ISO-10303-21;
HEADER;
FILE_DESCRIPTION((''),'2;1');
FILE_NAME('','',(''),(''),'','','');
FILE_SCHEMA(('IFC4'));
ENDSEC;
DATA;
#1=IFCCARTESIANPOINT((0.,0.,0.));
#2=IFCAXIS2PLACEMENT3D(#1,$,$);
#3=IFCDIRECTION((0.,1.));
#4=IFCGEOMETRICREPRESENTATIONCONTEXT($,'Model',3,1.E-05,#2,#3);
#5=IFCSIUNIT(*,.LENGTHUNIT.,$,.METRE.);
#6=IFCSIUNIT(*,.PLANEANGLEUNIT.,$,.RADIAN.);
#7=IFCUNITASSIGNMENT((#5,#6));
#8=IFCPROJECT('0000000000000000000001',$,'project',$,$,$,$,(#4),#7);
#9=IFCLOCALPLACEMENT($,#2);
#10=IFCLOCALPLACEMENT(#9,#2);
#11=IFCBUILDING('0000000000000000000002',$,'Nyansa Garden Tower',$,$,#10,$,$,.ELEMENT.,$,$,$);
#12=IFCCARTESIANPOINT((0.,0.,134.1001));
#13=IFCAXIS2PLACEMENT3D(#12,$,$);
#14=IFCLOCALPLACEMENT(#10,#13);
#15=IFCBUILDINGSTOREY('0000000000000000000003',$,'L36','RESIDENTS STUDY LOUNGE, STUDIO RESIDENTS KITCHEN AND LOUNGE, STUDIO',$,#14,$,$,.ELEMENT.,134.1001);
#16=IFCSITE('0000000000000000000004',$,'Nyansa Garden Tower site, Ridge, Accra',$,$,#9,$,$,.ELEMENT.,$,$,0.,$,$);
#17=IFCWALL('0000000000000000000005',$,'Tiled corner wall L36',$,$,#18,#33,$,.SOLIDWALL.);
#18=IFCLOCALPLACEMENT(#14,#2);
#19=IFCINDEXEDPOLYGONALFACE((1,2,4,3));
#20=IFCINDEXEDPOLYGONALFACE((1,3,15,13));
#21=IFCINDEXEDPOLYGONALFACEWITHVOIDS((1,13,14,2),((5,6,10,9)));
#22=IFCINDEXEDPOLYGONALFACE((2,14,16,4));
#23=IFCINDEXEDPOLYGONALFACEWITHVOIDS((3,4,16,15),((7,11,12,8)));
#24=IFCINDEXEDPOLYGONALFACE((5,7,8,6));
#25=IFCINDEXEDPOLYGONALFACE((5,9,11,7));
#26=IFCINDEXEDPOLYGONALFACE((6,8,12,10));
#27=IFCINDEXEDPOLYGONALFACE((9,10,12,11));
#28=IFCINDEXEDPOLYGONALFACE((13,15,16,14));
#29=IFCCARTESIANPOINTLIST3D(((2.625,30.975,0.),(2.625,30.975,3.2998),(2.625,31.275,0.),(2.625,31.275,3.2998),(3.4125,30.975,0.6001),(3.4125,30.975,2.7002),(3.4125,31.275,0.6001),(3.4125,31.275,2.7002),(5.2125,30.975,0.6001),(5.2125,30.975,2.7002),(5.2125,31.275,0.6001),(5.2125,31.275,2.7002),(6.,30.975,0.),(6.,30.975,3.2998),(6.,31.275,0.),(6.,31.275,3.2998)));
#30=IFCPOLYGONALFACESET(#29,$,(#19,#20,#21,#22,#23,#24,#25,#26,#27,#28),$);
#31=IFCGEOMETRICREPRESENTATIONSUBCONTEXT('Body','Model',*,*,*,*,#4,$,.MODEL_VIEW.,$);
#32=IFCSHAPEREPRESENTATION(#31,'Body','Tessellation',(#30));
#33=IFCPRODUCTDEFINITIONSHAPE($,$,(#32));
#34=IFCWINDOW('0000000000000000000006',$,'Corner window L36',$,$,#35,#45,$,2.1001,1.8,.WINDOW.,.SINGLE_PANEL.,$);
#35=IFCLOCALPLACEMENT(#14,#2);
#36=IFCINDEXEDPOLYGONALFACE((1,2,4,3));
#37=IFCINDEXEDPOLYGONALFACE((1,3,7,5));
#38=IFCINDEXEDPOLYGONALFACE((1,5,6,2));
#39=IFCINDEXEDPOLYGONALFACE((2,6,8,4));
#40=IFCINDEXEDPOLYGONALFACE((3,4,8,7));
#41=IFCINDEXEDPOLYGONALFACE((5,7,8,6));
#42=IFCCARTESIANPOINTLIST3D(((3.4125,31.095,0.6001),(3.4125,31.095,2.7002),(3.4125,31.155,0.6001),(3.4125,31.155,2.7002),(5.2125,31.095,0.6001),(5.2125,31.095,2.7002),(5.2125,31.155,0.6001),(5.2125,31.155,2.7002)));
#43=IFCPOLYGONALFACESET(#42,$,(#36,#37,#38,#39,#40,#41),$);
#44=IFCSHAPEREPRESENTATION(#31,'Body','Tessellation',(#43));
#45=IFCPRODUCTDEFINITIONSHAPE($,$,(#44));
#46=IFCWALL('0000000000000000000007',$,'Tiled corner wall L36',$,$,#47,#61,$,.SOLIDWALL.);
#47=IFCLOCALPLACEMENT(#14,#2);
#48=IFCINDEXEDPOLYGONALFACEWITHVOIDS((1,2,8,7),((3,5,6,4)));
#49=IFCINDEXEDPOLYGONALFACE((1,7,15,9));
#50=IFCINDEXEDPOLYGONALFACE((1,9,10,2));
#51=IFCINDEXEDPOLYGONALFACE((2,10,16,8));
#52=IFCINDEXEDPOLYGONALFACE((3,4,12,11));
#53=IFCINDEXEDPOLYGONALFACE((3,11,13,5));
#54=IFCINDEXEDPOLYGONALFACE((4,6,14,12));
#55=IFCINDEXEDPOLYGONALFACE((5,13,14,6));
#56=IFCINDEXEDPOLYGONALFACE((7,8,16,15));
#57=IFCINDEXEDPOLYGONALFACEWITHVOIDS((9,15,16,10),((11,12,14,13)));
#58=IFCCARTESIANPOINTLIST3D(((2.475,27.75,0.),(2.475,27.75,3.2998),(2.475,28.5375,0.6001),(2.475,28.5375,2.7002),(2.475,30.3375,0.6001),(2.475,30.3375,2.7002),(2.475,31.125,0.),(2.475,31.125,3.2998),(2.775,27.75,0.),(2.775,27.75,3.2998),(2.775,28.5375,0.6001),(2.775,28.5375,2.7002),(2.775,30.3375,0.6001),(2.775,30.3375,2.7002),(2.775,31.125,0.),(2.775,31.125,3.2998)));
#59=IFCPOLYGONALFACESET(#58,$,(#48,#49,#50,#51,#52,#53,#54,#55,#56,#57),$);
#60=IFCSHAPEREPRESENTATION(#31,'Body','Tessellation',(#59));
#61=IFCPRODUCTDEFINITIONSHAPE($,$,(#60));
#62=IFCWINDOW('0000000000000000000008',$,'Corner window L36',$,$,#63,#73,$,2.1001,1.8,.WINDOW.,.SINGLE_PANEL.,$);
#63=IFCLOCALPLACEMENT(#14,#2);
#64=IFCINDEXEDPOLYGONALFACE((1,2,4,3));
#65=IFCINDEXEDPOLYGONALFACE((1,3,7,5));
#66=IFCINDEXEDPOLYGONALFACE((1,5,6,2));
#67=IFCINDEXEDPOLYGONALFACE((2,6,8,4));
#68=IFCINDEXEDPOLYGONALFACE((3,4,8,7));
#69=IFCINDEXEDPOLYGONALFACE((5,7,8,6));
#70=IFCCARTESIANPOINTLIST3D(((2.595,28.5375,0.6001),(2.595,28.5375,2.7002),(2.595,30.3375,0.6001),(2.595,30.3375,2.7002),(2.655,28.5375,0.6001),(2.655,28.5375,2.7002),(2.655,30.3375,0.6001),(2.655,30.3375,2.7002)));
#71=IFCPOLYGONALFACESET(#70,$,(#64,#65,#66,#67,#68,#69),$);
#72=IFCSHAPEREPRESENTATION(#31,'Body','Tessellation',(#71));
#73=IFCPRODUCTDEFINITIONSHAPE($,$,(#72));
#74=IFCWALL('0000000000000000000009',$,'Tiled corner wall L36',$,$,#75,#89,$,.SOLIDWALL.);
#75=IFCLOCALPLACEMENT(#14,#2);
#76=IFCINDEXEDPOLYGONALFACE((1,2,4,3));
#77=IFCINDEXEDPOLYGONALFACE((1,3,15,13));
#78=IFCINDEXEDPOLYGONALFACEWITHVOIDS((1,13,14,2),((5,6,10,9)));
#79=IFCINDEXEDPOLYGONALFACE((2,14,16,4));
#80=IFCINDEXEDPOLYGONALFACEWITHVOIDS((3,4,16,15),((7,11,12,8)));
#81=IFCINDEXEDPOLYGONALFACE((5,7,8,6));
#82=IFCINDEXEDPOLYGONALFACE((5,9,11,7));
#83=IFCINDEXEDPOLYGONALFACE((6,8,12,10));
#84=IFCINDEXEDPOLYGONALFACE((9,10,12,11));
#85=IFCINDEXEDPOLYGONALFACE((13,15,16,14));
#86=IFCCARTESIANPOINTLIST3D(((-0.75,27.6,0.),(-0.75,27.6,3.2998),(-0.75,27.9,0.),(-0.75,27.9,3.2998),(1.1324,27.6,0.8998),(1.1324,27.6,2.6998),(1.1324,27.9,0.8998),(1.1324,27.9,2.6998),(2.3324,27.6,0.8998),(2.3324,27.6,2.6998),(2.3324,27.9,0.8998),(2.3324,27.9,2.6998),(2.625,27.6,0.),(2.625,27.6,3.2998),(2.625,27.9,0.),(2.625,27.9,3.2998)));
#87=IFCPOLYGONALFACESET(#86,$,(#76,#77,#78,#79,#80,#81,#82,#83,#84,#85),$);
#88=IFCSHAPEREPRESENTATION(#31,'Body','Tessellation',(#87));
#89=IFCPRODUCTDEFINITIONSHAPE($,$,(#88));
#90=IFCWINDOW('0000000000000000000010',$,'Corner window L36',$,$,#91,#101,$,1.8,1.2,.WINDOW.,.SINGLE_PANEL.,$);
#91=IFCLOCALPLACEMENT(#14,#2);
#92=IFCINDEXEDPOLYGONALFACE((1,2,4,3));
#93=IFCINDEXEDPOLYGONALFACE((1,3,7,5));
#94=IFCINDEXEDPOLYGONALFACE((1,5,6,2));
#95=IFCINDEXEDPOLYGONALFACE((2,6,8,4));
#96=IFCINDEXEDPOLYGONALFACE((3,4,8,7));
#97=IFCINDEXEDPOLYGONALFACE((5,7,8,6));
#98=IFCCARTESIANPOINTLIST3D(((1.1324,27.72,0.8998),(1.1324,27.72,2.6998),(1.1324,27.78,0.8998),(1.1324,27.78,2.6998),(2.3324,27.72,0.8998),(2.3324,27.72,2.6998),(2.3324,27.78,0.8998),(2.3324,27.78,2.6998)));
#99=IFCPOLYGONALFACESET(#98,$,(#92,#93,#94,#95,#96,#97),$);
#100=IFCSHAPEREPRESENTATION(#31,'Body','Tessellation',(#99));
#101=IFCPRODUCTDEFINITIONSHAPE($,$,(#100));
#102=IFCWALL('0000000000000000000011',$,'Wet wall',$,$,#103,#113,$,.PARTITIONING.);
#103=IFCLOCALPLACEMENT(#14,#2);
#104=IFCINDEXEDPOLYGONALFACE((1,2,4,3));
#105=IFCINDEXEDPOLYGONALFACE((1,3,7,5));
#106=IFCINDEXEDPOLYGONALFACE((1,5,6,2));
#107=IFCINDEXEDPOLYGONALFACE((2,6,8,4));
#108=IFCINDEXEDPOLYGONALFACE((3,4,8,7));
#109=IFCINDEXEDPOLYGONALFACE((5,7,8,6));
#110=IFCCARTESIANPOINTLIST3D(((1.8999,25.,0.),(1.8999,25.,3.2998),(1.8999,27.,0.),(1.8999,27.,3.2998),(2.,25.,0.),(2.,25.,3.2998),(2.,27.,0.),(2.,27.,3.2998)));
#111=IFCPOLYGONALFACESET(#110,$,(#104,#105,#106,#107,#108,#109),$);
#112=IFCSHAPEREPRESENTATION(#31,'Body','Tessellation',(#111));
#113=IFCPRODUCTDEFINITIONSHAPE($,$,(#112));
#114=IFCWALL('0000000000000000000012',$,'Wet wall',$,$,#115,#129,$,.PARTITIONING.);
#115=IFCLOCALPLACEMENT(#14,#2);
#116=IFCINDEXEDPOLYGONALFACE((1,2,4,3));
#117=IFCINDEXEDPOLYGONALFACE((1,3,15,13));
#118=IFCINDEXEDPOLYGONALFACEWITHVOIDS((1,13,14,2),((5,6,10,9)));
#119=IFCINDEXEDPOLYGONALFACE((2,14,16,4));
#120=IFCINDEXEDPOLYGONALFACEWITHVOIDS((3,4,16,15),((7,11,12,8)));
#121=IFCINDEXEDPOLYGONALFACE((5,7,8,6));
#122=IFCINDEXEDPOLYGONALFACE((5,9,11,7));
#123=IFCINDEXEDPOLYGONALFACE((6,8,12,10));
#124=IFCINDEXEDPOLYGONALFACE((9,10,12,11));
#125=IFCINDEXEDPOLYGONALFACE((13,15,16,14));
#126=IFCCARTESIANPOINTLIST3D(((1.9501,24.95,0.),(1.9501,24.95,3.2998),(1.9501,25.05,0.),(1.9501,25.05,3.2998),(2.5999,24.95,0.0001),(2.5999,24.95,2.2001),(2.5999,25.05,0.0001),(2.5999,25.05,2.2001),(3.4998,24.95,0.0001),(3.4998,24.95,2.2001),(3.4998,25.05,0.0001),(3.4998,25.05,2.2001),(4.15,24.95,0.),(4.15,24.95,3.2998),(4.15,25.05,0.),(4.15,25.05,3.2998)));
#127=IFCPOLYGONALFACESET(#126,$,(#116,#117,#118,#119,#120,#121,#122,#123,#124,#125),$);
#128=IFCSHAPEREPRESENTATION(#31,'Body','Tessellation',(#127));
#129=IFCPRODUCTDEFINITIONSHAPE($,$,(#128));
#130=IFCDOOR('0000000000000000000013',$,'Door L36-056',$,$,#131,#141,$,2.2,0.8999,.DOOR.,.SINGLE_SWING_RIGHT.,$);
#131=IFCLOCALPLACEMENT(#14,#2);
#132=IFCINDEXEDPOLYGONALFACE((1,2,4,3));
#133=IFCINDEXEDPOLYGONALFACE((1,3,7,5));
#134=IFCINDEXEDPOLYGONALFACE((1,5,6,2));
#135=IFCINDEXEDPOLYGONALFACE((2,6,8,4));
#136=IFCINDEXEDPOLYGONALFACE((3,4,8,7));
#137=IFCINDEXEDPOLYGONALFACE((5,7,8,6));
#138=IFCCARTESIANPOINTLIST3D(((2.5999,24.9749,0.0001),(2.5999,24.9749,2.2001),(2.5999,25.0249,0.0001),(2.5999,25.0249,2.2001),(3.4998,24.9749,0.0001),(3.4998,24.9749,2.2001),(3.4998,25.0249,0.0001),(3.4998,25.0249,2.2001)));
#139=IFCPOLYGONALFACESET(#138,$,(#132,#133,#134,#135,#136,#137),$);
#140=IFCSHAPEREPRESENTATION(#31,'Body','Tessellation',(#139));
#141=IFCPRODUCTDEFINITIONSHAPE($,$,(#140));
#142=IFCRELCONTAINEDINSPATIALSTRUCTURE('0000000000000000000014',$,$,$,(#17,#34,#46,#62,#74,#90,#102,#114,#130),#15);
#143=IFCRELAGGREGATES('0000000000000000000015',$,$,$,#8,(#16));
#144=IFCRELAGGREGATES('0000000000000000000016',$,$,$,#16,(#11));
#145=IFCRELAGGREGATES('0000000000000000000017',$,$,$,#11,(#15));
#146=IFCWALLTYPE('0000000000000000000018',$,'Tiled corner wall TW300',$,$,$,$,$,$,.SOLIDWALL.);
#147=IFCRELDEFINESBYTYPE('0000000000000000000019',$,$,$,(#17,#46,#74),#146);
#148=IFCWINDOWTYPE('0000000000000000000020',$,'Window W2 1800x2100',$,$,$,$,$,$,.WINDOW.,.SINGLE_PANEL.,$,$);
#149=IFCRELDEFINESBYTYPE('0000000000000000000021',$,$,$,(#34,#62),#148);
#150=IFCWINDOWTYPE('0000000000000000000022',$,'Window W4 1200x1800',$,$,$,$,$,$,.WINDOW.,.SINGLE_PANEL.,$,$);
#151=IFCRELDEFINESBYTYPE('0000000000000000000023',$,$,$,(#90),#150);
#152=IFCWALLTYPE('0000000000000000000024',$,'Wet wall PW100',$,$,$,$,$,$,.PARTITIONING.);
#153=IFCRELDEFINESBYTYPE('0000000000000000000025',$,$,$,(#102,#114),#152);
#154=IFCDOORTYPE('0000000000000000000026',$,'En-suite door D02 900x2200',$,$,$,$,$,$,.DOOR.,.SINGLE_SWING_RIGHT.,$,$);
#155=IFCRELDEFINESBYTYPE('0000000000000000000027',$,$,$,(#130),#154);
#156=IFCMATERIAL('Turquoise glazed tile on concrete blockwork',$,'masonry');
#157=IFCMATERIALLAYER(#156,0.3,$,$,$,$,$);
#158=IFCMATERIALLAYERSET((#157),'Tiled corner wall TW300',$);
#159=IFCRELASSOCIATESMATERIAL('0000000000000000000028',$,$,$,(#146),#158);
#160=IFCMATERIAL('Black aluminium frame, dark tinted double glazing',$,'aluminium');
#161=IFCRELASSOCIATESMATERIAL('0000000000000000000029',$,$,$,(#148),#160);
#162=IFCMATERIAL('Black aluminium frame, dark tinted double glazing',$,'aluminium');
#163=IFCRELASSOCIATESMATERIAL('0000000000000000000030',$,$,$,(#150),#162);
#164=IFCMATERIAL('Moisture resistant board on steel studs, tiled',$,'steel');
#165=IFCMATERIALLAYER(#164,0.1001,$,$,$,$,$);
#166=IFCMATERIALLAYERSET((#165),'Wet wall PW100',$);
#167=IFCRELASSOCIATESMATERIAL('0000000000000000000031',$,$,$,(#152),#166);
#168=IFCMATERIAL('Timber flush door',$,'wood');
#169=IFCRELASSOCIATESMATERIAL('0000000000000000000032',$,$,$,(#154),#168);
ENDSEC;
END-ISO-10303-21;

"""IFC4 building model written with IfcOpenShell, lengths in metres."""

from ifc_helpers import new_model, si_unit, direction, frame, frame_2d, origin, place, context, subcontext, project, spatial, rectangle, extrude, material, layer, layer_set, type_object, element, fill, save


model = new_model("IFC4")

# Units and contexts
model_context = context("Model", 3, precision=1e-05, world=origin(), true_north=direction((0.0, 1.0)))
body_context = subcontext(model_context, "Body", "Model", "MODEL_VIEW")
ifc_project = project(units=[si_unit("LENGTHUNIT", "METRE"), si_unit("PLANEANGLEUNIT", "RADIAN")], contexts=[model_context])

# Site, building, storey
site_placement = place(None, origin())
site = spatial("IfcSite", under=ifc_project, at=site_placement, Name="Nyansa Garden Tower site, Ridge, Accra", CompositionType="ELEMENT", RefElevation=0.0)
building_placement = place(site_placement, origin())
building = spatial("IfcBuilding", under=site, at=building_placement, Name="Nyansa Garden Tower", CompositionType="ELEMENT")
storey_placement = place(building_placement, frame((0.0, 0.0, 134.1001)))
storey = spatial("IfcBuildingStorey", under=building, at=storey_placement, Name="L36", Description="RESIDENTS STUDY LOUNGE, STUDIO RESIDENTS KITCHEN AND LOUNGE, STUDIO", CompositionType="ELEMENT", Elevation=134.1001)

# Walls, openings, windows
ifc_material_1 = material(Name="Turquoise glazed tile on concrete blockwork", Category="masonry")
ifc_layer_1 = layer(ifc_material_1, 0.3)
ifc_layer_set_1 = layer_set([ifc_layer_1], Name="Tiled corner wall TW300")
wall_type_1 = type_object("IfcWallType", Name="Tiled corner wall TW300", PredefinedType="SOLIDWALL", material=ifc_layer_set_1)
wall_1_placement = place(storey_placement, frame((6.0, 31.125, 0.0), z_axis=(0.0, 0.0, 1.0), x_axis=(-1.0, 0.0, 0.0)))
wall_1 = element("IfcWall", 1, at=wall_1_placement, inside=storey, type_object=wall_type_1, Name="Tiled corner wall L36", PredefinedType="SOLIDWALL", context=body_context, shape_type="SweptSolid", body=[
    extrude(rectangle(XDim=3.375, YDim=0.3, at=frame_2d((1.6875, 0.0))), origin(), (0.0, 0.0, 1.0), 3.2998),
])
opening_1_placement = place(wall_1_placement, frame((0.7876, 0.0, 0.6001)))
opening_1 = element("IfcOpeningElement", 2, at=opening_1_placement, cuts=wall_1, PredefinedType="OPENING", context=body_context, shape_type="SweptSolid", body=[
    extrude(rectangle(XDim=1.8, YDim=2.1001, at=frame_2d((0.8999, 1.05))), frame((0.0, 0.1599, 0.0), z_axis=(0.0, -1.0, 0.0), x_axis=(1.0, 0.0, 0.0)), (0.0, 0.0, 1.0), 0.3201),
])
ifc_material_2 = material(Name="Black aluminium frame, dark tinted double glazing", Category="aluminium")
window_type_1 = type_object("IfcWindowType", Name="Window W2 1800x2100", PartitioningType="SINGLE_PANEL", PredefinedType="WINDOW", material=ifc_material_2)
window_1_placement = place(opening_1_placement, origin())
window_1 = element("IfcWindow", 3, at=window_1_placement, inside=storey, type_object=window_type_1, Name="Corner window L36", OverallHeight=2.1001, OverallWidth=1.8, PartitioningType="SINGLE_PANEL", PredefinedType="WINDOW", context=body_context, shape_type="SweptSolid", body=[
    extrude(rectangle(XDim=1.8, YDim=2.1001, at=frame_2d((0.8999, 1.05))), frame((0.0, 0.03, 0.0), z_axis=(0.0, -1.0, 0.0), x_axis=(1.0, 0.0, 0.0)), (0.0, 0.0, 1.0), 0.0601),
])
fill(opening_1, window_1)
wall_2_placement = place(storey_placement, frame((2.625, 31.125, 0.0), z_axis=(0.0, 0.0, 1.0), x_axis=(0.0, -1.0, 0.0)))
wall_2 = element("IfcWall", 4, at=wall_2_placement, inside=storey, type_object=wall_type_1, Name="Tiled corner wall L36", PredefinedType="SOLIDWALL", context=body_context, shape_type="SweptSolid", body=[
    extrude(rectangle(XDim=3.375, YDim=0.3, at=frame_2d((1.6875, 0.0))), origin(), (0.0, 0.0, 1.0), 3.2998),
])
opening_2_placement = place(wall_2_placement, frame((0.7876, 0.0, 0.6001)))
opening_2 = element("IfcOpeningElement", 5, at=opening_2_placement, cuts=wall_2, PredefinedType="OPENING", context=body_context, shape_type="SweptSolid", body=[
    extrude(rectangle(XDim=1.8, YDim=2.1001, at=frame_2d((0.8999, 1.05))), frame((0.0, 0.1599, 0.0), z_axis=(0.0, -1.0, 0.0), x_axis=(1.0, 0.0, 0.0)), (0.0, 0.0, 1.0), 0.3201),
])
window_2_placement = place(opening_2_placement, origin())
window_2 = element("IfcWindow", 6, at=window_2_placement, inside=storey, type_object=window_type_1, Name="Corner window L36", OverallHeight=2.1001, OverallWidth=1.8, PartitioningType="SINGLE_PANEL", PredefinedType="WINDOW", context=body_context, shape_type="SweptSolid", body=[
    extrude(rectangle(XDim=1.8, YDim=2.1001, at=frame_2d((0.8999, 1.05))), frame((0.0, 0.03, 0.0), z_axis=(0.0, -1.0, 0.0), x_axis=(1.0, 0.0, 0.0)), (0.0, 0.0, 1.0), 0.0601),
])
fill(opening_2, window_2)
wall_3_placement = place(storey_placement, frame((2.625, 27.75, 0.0), z_axis=(0.0, 0.0, 1.0), x_axis=(-1.0, 0.0, 0.0)))
wall_3 = element("IfcWall", 7, at=wall_3_placement, inside=storey, type_object=wall_type_1, Name="Tiled corner wall L36", PredefinedType="SOLIDWALL", context=body_context, shape_type="SweptSolid", body=[
    extrude(rectangle(XDim=3.375, YDim=0.3, at=frame_2d((1.6875, 0.0))), origin(), (0.0, 0.0, 1.0), 3.2998),
])
opening_3_placement = place(wall_3_placement, frame((0.2925, 0.0, 0.8999)))
opening_3 = element("IfcOpeningElement", 8, at=opening_3_placement, cuts=wall_3, PredefinedType="OPENING", context=body_context, shape_type="SweptSolid", body=[
    extrude(rectangle(XDim=1.2, YDim=1.8, at=frame_2d((0.6001, 0.8999))), frame((0.0, 0.1599, 0.0), z_axis=(0.0, -1.0, 0.0), x_axis=(1.0, 0.0, 0.0)), (0.0, 0.0, 1.0), 0.3201),
])
ifc_material_3 = material(Name="Black aluminium frame, dark tinted double glazing", Category="aluminium")
window_type_2 = type_object("IfcWindowType", Name="Window W4 1200x1800", PartitioningType="SINGLE_PANEL", PredefinedType="WINDOW", material=ifc_material_3)
window_3_placement = place(opening_3_placement, origin())
window_3 = element("IfcWindow", 9, at=window_3_placement, inside=storey, type_object=window_type_2, Name="Corner window L36", OverallHeight=1.8, OverallWidth=1.2, PartitioningType="SINGLE_PANEL", PredefinedType="WINDOW", context=body_context, shape_type="SweptSolid", body=[
    extrude(rectangle(XDim=1.2, YDim=1.8, at=frame_2d((0.6001, 0.8999))), frame((0.0, 0.03, 0.0), z_axis=(0.0, -1.0, 0.0), x_axis=(1.0, 0.0, 0.0)), (0.0, 0.0, 1.0), 0.0601),
])
fill(opening_3, window_3)

# Wall
ifc_material_4 = material(Name="Moisture resistant board on steel studs, tiled", Category="steel")
ifc_layer_2 = layer(ifc_material_4, 0.1001)
ifc_layer_set_2 = layer_set([ifc_layer_2], Name="Wet wall PW100")
wall_type_2 = type_object("IfcWallType", Name="Wet wall PW100", PredefinedType="PARTITIONING", material=ifc_layer_set_2)
wall_4_placement = place(storey_placement, frame((1.95, 25.0, 0.0), z_axis=(0.0, 0.0, 1.0), x_axis=(0.0, 1.0, 0.0)))
element("IfcWall", 10, at=wall_4_placement, inside=storey, type_object=wall_type_2, Name="Wet wall", PredefinedType="PARTITIONING", context=body_context, shape_type="SweptSolid", body=[
    extrude(rectangle(XDim=2.0, YDim=0.1001, at=frame_2d((1.0, 0.0))), origin(), (0.0, 0.0, 1.0), 3.2998),
])

# Wall, opening, door
wall_5_placement = place(storey_placement, frame((1.95, 25.0, 0.0), z_axis=(0.0, 0.0, 1.0), x_axis=(1.0, 0.0, 0.0)))
wall_5 = element("IfcWall", 11, at=wall_5_placement, inside=storey, type_object=wall_type_2, Name="Wet wall", PredefinedType="PARTITIONING", context=body_context, shape_type="SweptSolid", body=[
    extrude(rectangle(XDim=2.2, YDim=0.1001, at=frame_2d((1.1001, 0.0))), origin(), (0.0, 0.0, 1.0), 3.2998),
])
opening_4_placement = place(wall_5_placement, frame((0.6499, 0.0, 0.0)))
opening_4 = element("IfcOpeningElement", 12, at=opening_4_placement, cuts=wall_5, PredefinedType="OPENING", context=body_context, shape_type="SweptSolid", body=[
    extrude(rectangle(XDim=0.8999, YDim=2.2, at=frame_2d((0.45, 1.1001))), frame((0.0, 0.0601, 0.0), z_axis=(0.0, -1.0, 0.0), x_axis=(1.0, 0.0, 0.0)), (0.0, 0.0, 1.0), 0.1201),
])
ifc_material_5 = material(Name="Timber flush door", Category="wood")
door_type_1 = type_object("IfcDoorType", Name="En-suite door D02 900x2200", OperationType="SINGLE_SWING_RIGHT", PredefinedType="DOOR", material=ifc_material_5)
door_1_placement = place(opening_4_placement, origin())
door_1 = element("IfcDoor", 13, at=door_1_placement, inside=storey, type_object=door_type_1, Name="Door L36-056", OperationType="SINGLE_SWING_RIGHT", OverallHeight=2.2, OverallWidth=0.8999, PredefinedType="DOOR", context=body_context, shape_type="SweptSolid", body=[
    extrude(rectangle(XDim=0.8999, YDim=2.2, at=frame_2d((0.45, 1.1001))), frame((0.0, 0.0249, 0.0), z_axis=(0.0, -1.0, 0.0), x_axis=(1.0, 0.0, 0.0)), (0.0, 0.0, 1.0), 0.05),
])
fill(opening_4, door_1)

save(model, "model.ifc")
